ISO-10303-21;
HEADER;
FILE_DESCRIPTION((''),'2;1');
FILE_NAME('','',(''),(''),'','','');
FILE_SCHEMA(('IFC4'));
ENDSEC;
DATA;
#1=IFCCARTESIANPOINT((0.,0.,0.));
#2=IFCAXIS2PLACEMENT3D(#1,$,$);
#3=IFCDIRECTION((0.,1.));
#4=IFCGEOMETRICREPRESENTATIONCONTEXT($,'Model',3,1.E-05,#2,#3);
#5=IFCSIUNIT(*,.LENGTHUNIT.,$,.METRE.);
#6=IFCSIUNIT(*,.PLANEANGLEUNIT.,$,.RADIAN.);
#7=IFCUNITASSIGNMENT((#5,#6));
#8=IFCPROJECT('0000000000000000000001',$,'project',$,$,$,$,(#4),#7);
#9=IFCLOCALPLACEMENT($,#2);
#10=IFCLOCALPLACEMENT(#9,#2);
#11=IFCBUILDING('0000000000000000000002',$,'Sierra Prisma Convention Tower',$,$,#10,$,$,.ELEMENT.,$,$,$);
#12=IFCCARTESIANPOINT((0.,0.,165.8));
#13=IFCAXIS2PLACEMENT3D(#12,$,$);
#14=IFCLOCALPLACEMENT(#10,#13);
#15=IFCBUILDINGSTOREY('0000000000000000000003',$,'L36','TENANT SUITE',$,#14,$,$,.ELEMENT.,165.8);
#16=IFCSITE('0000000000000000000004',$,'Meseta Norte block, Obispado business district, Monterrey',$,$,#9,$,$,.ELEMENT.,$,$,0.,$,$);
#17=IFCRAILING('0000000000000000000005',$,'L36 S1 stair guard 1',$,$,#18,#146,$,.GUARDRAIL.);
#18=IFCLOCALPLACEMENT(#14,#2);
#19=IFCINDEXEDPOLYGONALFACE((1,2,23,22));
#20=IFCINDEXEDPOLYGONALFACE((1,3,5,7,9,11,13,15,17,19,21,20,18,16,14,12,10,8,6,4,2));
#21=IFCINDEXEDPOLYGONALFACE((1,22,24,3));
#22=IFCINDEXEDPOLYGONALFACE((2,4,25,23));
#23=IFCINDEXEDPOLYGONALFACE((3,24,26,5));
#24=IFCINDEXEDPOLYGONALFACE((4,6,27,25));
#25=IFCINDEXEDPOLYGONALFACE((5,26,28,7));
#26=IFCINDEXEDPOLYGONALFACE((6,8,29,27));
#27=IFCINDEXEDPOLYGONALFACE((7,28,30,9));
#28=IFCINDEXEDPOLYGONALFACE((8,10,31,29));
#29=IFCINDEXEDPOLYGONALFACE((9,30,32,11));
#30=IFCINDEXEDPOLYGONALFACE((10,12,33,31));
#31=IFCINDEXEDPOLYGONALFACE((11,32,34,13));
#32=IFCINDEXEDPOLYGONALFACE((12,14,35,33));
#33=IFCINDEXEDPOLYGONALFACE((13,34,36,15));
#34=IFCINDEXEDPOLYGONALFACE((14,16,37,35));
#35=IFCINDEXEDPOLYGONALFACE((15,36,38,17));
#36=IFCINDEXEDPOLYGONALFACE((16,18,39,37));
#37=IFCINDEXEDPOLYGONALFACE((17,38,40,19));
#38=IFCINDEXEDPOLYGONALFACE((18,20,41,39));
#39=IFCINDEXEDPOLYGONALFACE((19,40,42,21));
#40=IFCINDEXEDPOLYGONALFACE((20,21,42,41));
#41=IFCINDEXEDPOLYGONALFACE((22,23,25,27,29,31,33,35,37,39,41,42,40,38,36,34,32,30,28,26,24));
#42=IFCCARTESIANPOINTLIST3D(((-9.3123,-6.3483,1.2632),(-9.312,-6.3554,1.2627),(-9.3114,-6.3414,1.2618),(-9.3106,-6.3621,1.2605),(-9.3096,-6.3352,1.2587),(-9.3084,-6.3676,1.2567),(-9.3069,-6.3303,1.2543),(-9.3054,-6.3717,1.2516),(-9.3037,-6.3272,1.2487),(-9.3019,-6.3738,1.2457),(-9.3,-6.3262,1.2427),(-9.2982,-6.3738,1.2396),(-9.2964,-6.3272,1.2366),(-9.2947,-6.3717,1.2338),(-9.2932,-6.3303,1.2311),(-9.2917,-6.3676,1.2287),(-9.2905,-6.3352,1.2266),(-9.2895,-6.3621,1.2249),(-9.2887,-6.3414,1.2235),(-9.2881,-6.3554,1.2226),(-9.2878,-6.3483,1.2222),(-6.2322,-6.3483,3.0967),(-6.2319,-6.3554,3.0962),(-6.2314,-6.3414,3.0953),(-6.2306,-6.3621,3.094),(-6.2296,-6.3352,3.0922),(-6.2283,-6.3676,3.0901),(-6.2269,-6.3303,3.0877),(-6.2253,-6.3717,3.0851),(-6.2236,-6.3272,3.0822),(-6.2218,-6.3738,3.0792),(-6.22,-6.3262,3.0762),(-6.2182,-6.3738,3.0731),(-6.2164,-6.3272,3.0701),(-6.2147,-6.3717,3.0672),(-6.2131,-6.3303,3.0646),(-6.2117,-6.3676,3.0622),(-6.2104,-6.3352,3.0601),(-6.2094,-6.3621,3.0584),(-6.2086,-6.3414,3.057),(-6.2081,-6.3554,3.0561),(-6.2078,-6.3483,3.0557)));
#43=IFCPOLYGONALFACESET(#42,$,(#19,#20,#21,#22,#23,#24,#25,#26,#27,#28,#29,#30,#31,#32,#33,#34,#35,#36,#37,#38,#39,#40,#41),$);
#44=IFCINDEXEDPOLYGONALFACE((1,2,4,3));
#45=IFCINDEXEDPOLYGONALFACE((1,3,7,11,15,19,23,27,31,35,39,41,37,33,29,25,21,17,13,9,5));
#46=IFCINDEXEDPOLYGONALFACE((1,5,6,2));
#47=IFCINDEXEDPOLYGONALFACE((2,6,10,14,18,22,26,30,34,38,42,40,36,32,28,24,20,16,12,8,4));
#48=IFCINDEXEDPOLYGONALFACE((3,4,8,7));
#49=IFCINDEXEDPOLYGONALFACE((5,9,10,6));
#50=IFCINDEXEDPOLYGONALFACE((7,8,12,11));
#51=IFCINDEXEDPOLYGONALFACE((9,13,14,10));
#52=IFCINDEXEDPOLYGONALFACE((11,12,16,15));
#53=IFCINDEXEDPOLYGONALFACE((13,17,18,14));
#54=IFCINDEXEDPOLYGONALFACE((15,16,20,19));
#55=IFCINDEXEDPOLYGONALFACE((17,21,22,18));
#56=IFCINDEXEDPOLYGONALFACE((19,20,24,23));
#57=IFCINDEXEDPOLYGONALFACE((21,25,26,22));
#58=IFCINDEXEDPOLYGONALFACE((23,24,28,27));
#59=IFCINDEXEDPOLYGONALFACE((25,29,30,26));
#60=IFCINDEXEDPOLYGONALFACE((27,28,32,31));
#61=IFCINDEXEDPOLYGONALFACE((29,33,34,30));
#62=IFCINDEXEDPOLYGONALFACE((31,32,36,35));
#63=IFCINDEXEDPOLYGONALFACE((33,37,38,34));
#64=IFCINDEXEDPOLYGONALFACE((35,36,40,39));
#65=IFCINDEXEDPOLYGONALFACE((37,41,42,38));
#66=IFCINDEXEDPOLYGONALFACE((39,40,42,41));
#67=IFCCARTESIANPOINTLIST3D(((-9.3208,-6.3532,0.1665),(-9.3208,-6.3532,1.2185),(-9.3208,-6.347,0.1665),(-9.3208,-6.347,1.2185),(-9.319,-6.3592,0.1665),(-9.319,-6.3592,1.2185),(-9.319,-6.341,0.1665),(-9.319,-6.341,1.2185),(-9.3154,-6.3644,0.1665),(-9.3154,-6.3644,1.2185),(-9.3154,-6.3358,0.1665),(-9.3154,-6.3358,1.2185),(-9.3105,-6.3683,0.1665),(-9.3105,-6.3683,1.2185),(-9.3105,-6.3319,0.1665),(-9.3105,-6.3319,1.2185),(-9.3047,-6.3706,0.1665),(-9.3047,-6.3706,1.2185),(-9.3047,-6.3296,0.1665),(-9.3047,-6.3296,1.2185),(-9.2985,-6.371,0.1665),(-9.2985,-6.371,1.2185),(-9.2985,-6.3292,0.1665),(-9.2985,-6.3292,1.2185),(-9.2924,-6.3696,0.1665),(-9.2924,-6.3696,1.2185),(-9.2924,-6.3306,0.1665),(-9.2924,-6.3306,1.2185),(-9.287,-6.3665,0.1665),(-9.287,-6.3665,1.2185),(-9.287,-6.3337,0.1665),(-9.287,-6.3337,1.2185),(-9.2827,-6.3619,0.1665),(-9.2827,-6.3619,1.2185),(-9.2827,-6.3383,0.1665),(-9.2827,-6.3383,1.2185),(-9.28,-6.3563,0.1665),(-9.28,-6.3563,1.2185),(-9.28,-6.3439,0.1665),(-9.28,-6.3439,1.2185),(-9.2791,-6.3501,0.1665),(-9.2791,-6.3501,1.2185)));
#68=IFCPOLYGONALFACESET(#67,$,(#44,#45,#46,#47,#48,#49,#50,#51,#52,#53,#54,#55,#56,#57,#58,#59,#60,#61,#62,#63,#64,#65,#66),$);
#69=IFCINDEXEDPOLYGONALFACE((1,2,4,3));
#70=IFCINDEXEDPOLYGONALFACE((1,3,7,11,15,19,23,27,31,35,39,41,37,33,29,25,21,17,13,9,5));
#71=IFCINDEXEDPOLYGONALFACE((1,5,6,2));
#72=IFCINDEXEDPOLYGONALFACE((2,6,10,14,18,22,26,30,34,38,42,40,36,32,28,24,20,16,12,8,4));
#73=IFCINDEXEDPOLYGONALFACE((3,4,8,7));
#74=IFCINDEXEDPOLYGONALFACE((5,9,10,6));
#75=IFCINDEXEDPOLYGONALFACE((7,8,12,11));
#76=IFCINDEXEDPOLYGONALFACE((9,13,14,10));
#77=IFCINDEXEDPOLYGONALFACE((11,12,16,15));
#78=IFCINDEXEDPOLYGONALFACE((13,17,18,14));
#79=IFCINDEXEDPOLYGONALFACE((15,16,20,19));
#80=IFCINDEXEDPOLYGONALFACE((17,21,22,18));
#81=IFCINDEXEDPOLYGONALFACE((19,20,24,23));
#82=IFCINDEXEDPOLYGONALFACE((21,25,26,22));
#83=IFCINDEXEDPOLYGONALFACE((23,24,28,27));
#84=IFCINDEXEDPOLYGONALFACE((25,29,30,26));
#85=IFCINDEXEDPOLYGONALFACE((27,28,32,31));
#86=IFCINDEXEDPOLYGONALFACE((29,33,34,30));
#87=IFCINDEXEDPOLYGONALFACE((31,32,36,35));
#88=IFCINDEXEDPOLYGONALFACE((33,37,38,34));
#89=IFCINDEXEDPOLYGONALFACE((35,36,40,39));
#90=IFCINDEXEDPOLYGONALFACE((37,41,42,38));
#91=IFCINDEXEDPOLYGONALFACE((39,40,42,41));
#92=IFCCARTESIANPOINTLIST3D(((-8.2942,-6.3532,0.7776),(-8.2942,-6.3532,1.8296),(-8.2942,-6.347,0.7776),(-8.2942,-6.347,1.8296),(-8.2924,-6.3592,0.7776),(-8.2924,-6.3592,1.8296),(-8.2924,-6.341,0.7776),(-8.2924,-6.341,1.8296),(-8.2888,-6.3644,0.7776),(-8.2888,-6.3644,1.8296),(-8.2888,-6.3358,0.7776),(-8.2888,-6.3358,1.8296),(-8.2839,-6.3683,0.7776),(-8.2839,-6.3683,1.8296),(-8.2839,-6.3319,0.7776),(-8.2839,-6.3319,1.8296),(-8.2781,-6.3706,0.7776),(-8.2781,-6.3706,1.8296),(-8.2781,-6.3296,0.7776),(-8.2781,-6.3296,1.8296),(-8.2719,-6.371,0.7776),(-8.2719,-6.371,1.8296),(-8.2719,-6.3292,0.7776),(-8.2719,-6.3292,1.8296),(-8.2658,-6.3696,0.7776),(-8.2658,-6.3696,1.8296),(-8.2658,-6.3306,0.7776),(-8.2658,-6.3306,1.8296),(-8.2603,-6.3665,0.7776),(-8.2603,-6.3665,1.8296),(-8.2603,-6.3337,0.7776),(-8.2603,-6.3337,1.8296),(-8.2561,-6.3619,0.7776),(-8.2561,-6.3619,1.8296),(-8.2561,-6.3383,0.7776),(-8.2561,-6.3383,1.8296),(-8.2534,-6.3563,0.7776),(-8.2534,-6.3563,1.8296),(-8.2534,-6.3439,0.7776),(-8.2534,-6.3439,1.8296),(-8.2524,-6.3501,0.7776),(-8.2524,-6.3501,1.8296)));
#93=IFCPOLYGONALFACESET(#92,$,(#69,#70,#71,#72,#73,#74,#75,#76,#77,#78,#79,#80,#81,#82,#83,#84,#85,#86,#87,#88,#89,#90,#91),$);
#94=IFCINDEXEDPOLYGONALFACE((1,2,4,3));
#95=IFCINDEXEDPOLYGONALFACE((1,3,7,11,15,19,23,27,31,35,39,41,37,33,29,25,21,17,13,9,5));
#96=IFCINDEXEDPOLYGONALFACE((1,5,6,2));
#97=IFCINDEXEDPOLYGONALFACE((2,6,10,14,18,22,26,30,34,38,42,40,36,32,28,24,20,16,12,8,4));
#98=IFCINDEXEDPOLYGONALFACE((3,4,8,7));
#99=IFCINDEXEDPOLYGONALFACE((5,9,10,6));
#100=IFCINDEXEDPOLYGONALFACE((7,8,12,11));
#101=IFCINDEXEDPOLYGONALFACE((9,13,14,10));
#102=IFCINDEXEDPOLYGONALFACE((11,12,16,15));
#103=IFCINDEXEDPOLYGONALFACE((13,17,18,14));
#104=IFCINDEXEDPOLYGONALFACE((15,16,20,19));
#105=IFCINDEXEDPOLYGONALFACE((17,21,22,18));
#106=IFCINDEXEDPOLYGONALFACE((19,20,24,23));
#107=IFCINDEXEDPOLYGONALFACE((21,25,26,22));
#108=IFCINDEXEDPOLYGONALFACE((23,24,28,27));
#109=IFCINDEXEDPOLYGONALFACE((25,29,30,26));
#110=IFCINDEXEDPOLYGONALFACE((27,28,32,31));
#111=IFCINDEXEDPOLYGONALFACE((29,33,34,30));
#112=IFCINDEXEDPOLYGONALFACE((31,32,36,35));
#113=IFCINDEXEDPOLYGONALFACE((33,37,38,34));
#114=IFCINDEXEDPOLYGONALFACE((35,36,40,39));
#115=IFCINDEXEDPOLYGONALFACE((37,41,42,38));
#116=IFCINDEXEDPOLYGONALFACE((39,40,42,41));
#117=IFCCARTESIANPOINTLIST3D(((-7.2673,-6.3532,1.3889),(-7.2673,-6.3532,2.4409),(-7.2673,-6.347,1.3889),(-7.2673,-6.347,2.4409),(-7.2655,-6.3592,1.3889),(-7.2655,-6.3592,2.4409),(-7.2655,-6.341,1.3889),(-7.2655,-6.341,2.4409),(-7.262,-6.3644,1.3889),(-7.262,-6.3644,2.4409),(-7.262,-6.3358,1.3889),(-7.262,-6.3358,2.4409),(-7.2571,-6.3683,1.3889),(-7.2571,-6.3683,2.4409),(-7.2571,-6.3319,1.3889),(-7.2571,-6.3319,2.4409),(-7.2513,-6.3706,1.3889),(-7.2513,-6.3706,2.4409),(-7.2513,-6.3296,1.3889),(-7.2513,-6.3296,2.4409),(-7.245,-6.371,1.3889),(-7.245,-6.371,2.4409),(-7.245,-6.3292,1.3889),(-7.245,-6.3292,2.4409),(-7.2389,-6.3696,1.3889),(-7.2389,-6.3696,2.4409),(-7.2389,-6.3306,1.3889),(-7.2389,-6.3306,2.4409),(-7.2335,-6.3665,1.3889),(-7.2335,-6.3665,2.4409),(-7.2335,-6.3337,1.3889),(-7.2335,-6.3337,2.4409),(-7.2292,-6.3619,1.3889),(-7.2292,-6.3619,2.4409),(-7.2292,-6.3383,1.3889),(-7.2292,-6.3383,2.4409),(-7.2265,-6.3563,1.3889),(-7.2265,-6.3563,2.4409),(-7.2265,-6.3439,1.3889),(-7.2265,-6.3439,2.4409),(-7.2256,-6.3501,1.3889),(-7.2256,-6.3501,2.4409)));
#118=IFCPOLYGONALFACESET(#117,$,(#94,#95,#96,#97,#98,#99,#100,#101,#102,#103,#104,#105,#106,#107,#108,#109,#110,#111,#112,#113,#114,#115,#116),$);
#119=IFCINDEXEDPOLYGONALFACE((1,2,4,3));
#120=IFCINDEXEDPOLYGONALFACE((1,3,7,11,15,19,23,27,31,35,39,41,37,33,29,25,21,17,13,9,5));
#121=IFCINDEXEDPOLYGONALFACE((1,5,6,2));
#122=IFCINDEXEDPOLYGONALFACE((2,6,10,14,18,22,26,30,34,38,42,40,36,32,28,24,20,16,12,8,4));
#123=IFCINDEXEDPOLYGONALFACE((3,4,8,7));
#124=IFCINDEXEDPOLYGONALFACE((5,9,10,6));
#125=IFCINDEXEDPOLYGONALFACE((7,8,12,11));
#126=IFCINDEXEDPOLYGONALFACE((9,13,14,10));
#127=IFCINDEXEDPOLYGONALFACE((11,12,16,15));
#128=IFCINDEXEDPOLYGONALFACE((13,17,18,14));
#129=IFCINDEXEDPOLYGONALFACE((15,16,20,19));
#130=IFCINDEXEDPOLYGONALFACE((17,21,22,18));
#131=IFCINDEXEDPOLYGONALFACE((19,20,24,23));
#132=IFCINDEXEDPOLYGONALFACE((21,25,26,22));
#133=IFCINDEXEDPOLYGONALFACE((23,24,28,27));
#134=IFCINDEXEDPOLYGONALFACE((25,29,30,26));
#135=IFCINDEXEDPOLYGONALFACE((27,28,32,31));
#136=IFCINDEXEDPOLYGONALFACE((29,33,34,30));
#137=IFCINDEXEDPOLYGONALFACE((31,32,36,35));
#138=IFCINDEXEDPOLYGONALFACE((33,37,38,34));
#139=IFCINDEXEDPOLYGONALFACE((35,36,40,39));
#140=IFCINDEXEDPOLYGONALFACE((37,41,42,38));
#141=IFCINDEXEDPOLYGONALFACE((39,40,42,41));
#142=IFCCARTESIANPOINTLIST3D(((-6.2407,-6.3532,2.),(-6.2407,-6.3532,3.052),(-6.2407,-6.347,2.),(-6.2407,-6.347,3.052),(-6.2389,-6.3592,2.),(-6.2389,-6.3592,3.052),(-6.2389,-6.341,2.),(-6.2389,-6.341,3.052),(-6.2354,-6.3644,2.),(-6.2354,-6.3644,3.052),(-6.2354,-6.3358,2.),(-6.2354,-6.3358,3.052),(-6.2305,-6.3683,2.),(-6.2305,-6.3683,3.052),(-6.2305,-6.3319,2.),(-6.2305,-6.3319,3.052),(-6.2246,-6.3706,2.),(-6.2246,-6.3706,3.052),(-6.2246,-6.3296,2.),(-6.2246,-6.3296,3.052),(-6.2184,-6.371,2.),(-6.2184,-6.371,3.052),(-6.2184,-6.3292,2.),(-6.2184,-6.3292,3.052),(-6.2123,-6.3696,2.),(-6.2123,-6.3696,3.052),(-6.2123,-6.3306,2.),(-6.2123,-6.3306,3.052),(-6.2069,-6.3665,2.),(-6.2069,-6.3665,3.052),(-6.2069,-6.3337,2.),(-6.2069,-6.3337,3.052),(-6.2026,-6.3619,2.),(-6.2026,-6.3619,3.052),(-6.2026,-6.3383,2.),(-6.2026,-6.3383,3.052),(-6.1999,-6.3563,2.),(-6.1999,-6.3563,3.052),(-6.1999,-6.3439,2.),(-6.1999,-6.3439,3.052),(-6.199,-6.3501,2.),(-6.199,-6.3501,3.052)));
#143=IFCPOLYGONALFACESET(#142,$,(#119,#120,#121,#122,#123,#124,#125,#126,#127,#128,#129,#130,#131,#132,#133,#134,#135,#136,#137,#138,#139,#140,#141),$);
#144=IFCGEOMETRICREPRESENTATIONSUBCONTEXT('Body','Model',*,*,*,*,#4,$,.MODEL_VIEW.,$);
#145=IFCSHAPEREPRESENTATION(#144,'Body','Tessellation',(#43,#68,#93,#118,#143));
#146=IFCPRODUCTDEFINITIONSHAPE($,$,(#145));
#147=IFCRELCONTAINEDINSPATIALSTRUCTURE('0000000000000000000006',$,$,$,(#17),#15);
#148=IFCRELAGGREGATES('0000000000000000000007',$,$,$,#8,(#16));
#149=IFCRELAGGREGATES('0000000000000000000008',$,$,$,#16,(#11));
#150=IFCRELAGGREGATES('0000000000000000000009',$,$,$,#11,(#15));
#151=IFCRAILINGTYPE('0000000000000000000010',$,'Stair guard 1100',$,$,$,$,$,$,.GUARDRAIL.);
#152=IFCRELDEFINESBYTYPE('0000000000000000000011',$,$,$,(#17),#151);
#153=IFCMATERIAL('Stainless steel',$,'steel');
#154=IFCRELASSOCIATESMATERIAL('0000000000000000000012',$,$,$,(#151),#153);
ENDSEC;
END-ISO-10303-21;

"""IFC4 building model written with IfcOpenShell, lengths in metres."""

from ifc_helpers import new_model, si_unit, direction, frame, origin, origin_2d, place, context, subcontext, project, spatial, circle, extrude, material, type_object, element, save


model = new_model("IFC4")

# Units and contexts
model_context = context("Model", 3, precision=1e-05, world=origin(), true_north=direction((0.0, 1.0)))
body_context = subcontext(model_context, "Body", "Model", "MODEL_VIEW")
ifc_project = project(units=[si_unit("LENGTHUNIT", "METRE"), si_unit("PLANEANGLEUNIT", "RADIAN")], contexts=[model_context])

# Site, building, storey
site_placement = place(None, origin())
site = spatial("IfcSite", under=ifc_project, at=site_placement, Name="Meseta Norte block, Obispado business district, Monterrey", CompositionType="ELEMENT", RefElevation=0.0)
building_placement = place(site_placement, origin())
building = spatial("IfcBuilding", under=site, at=building_placement, Name="Sierra Prisma Convention Tower", CompositionType="ELEMENT")
storey_placement = place(building_placement, frame((0.0, 0.0, 165.8)))
storey = spatial("IfcBuildingStorey", under=building, at=storey_placement, Name="L36", Description="TENANT SUITE", CompositionType="ELEMENT", Elevation=165.8)

# Railing
ifc_material_1 = material(Name="Stainless steel", Category="steel")
railing_type_1 = type_object("IfcRailingType", Name="Stair guard 1100", PredefinedType="GUARDRAIL", material=ifc_material_1)
railing_1_placement = place(storey_placement, frame((-9.3, -6.3501, 0.1665)))
element("IfcRailing", 1, at=railing_1_placement, inside=storey, type_object=railing_type_1, Name="L36 S1 stair guard 1", PredefinedType="GUARDRAIL", context=body_context, shape_type="SweptSolid", body=[
    extrude(circle(Radius=0.0239, at=origin_2d()), frame((0.0, 0.0, 1.0762), z_axis=(0.859279, 0.0, 0.511508), x_axis=(0.0, 1.0, 0.0)), (0.0, 0.0, 1.0), 3.5845),
    extrude(circle(Radius=0.021, at=origin_2d()), origin(), (0.0, 0.0, 1.0), 1.052),
    extrude(circle(Radius=0.021, at=origin_2d()), frame((1.0266, 0.0, 0.6111)), (0.0, 0.0, 1.0), 1.052),
    extrude(circle(Radius=0.021, at=origin_2d()), frame((2.0535, 0.0, 1.2224)), (0.0, 0.0, 1.0), 1.052),
    extrude(circle(Radius=0.021, at=origin_2d()), frame((3.0801, 0.0, 1.8335)), (0.0, 0.0, 1.0), 1.052),
])

save(model, "model.ifc")
